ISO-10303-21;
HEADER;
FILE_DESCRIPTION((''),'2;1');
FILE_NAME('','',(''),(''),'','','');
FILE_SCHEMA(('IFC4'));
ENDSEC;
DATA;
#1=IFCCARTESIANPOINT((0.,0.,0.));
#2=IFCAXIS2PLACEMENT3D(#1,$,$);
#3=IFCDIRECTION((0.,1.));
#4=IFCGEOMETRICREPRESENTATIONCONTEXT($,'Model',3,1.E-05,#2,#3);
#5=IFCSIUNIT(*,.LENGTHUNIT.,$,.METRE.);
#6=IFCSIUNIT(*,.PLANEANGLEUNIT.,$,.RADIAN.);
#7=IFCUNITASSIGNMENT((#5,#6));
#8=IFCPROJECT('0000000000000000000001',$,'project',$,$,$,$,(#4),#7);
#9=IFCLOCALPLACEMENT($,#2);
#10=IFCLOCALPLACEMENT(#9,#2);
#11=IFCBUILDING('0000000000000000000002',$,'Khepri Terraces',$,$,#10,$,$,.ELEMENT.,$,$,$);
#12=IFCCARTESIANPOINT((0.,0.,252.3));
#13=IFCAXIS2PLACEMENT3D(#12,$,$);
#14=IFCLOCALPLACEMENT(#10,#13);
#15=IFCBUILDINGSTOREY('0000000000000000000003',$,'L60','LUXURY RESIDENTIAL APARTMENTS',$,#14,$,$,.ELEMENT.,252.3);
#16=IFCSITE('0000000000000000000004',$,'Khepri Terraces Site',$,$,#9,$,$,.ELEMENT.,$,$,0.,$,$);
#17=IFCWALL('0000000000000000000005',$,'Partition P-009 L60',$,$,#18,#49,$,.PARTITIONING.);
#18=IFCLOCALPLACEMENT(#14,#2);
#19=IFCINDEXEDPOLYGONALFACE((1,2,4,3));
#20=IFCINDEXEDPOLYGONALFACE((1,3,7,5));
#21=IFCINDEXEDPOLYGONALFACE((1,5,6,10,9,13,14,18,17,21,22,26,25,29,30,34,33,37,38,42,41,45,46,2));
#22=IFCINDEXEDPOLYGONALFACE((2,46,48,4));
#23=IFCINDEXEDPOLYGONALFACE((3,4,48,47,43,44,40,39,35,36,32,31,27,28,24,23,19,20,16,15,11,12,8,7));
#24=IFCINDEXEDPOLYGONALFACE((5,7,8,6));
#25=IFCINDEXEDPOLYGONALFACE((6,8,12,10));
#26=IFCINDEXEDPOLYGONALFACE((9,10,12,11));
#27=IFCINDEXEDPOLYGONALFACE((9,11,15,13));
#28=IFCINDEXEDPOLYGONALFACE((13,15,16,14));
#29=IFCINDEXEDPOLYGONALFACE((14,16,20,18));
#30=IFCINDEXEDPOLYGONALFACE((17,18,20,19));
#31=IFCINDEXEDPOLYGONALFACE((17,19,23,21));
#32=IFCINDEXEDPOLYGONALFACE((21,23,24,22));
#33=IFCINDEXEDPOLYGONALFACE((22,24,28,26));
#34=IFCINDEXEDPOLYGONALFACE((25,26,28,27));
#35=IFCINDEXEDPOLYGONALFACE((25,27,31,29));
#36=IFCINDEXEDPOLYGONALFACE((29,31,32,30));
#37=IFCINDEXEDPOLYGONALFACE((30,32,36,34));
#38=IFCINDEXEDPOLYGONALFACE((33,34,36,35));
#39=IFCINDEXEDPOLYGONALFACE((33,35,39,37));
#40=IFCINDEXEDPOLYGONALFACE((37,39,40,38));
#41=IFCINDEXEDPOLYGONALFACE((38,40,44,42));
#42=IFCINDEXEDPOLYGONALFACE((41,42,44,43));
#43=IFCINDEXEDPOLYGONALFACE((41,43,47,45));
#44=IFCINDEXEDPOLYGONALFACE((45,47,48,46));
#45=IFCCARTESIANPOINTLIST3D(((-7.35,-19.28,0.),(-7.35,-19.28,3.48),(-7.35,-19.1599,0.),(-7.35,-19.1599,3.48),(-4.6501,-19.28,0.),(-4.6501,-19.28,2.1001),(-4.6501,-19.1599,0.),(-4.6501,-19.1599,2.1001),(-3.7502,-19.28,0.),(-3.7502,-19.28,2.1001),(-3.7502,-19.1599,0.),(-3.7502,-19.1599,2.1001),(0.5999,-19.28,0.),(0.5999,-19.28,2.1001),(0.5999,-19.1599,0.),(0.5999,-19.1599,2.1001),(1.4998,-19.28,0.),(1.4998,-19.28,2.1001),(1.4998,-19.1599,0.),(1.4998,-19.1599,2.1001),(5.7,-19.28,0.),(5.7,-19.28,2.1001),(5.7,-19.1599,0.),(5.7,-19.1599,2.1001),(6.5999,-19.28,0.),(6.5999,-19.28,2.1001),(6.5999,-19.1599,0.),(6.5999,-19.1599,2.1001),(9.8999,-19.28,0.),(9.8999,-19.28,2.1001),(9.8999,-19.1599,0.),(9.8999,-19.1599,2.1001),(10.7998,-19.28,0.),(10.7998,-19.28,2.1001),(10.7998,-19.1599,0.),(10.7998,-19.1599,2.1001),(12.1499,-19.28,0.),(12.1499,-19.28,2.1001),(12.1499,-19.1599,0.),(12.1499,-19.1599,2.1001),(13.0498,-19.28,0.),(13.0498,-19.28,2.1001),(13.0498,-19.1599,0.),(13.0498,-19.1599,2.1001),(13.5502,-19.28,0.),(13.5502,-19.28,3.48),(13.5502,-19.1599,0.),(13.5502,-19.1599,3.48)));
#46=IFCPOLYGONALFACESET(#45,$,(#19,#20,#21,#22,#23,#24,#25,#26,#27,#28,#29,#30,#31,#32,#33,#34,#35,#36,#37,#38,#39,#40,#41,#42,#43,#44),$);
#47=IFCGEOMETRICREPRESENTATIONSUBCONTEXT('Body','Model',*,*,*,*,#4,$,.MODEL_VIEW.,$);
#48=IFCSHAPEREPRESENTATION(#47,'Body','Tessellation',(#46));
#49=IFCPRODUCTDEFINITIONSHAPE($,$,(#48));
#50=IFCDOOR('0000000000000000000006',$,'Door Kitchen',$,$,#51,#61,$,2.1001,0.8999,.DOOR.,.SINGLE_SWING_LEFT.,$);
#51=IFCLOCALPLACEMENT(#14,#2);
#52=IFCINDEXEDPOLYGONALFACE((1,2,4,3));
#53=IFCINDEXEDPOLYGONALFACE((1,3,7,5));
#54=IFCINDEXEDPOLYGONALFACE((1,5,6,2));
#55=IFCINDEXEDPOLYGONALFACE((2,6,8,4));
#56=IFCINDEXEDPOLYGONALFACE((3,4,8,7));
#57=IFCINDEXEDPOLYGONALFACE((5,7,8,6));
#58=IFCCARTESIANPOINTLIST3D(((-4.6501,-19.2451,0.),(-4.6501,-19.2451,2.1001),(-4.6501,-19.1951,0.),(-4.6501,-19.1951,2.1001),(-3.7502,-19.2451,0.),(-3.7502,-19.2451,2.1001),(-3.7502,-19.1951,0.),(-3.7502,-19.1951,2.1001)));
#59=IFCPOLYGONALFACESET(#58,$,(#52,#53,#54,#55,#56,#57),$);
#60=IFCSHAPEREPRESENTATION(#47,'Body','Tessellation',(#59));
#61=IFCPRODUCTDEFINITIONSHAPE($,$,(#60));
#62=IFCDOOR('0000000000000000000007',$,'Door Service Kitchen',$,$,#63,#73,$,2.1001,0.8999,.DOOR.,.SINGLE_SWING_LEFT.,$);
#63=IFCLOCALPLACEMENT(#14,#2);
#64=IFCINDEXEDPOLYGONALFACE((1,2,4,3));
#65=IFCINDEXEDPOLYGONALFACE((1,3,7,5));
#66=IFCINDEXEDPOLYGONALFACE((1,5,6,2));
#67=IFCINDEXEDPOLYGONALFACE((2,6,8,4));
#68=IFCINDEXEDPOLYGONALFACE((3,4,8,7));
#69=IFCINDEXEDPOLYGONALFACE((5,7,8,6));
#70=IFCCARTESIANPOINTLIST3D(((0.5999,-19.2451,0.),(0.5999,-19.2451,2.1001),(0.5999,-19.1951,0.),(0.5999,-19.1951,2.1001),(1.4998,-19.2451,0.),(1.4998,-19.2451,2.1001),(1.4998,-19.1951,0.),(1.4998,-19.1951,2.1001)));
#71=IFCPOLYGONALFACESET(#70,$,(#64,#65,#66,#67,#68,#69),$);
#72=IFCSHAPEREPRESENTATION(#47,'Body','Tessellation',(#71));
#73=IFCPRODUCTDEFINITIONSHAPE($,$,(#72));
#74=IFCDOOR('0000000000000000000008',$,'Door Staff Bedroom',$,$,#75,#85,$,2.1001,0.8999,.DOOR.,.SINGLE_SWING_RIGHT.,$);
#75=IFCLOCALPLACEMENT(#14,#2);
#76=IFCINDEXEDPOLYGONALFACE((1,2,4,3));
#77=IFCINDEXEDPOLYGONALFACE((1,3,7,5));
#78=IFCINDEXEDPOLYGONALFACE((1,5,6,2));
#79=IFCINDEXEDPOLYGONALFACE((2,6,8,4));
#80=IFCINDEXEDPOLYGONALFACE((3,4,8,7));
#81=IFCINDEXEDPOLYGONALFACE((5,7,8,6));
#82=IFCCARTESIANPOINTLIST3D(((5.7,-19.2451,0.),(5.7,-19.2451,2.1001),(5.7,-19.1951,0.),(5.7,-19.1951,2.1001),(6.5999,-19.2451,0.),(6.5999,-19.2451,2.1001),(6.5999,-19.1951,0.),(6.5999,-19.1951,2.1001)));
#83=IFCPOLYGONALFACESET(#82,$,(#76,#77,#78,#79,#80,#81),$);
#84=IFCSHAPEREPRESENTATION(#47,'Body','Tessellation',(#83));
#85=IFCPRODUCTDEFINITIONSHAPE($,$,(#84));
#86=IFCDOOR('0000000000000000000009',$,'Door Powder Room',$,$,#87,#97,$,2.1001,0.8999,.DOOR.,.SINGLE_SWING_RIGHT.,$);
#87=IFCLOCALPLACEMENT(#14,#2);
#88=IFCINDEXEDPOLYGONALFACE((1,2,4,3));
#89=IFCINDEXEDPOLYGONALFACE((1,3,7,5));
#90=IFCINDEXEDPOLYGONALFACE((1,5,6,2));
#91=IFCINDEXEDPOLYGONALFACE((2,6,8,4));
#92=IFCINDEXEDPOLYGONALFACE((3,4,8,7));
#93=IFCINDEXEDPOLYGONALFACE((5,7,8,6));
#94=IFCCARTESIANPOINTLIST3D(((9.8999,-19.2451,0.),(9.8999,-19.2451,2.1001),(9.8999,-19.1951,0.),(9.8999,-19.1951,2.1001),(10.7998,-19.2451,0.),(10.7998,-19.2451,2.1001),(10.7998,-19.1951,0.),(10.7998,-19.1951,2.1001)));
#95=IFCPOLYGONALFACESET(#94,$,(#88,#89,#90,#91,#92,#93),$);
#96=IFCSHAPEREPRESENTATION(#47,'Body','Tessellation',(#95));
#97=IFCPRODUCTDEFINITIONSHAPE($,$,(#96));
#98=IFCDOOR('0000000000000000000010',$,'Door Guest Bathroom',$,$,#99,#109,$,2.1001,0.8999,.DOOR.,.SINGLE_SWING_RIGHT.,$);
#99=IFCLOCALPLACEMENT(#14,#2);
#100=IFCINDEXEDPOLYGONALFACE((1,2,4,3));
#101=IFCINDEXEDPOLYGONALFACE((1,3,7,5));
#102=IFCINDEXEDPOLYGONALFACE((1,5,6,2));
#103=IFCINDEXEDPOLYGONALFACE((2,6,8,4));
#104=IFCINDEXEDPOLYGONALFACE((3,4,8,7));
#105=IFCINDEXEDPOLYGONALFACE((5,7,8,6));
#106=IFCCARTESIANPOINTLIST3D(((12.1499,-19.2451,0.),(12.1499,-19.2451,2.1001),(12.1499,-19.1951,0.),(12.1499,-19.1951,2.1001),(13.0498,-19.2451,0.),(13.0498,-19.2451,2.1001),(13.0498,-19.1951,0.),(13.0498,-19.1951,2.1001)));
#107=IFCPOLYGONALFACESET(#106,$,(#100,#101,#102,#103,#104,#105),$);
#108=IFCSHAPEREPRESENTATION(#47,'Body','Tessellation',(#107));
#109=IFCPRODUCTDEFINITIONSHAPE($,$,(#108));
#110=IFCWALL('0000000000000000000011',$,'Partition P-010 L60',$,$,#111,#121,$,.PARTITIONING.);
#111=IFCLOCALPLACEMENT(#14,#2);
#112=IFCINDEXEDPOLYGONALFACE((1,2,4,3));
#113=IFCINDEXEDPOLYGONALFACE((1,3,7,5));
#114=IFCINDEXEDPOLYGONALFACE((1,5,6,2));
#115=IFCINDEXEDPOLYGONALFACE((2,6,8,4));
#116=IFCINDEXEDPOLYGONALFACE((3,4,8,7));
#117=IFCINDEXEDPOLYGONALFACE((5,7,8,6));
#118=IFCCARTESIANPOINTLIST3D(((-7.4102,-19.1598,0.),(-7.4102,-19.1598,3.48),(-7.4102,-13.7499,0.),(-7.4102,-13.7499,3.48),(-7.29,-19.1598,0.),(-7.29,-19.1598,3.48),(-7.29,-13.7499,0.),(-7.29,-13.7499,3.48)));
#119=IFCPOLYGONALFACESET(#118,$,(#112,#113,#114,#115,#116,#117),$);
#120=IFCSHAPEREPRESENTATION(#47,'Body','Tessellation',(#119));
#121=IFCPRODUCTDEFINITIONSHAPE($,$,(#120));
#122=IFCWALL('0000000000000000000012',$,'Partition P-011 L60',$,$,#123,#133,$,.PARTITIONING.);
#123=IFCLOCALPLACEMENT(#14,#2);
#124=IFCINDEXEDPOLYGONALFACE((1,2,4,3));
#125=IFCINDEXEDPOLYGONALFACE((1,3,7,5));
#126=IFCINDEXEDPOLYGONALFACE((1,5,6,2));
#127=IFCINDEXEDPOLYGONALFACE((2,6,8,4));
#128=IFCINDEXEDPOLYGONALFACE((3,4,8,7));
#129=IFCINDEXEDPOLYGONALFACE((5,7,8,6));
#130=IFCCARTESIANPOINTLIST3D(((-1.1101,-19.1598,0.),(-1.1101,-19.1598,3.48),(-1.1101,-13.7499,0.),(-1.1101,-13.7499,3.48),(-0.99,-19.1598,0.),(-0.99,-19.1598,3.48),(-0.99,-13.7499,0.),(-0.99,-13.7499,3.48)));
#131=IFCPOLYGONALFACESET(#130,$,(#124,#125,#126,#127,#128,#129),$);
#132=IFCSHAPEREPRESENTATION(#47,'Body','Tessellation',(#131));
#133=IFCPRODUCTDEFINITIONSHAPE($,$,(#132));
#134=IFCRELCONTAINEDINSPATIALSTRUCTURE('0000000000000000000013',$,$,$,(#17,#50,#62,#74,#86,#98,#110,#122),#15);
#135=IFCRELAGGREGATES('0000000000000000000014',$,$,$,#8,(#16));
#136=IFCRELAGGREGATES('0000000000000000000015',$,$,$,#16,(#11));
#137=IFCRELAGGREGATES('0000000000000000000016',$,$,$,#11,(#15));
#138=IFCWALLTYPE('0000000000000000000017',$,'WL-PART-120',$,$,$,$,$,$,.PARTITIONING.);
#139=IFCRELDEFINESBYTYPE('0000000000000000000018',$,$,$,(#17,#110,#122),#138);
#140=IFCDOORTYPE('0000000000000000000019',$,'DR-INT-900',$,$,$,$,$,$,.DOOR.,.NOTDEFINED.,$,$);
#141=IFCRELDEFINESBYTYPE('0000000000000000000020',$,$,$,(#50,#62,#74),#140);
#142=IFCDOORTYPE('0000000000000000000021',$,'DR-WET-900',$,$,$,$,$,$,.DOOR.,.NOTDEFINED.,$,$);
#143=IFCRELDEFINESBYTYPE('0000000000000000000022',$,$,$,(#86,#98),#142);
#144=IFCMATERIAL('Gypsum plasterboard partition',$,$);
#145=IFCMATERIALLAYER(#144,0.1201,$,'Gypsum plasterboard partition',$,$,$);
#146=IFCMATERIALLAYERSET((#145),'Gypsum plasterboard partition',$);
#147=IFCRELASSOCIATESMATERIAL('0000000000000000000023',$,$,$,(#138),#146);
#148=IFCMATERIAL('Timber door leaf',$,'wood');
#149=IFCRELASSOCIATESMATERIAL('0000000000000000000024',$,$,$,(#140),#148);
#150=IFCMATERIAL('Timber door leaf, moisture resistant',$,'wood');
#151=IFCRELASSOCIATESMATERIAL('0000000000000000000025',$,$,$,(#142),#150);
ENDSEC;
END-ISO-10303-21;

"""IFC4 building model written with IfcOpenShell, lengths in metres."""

from ifc_helpers import new_model, si_unit, direction, frame, frame_2d, origin, place, context, subcontext, project, spatial, rectangle, extrude, material, layer, layer_set, type_object, element, fill, save


model = new_model("IFC4")

# Units and contexts
model_context = context("Model", 3, precision=1e-05, world=origin(), true_north=direction((0.0, 1.0)))
body_context = subcontext(model_context, "Body", "Model", "MODEL_VIEW")
ifc_project = project(units=[si_unit("LENGTHUNIT", "METRE"), si_unit("PLANEANGLEUNIT", "RADIAN")], contexts=[model_context])

# Site, building, storey
site_placement = place(None, origin())
site = spatial("IfcSite", under=ifc_project, at=site_placement, Name="Khepri Terraces Site", CompositionType="ELEMENT", RefElevation=0.0)
building_placement = place(site_placement, origin())
building = spatial("IfcBuilding", under=site, at=building_placement, Name="Khepri Terraces", CompositionType="ELEMENT")
storey_placement = place(building_placement, frame((0.0, 0.0, 252.3)))
storey = spatial("IfcBuildingStorey", under=building, at=storey_placement, Name="L60", Description="LUXURY RESIDENTIAL APARTMENTS", CompositionType="ELEMENT", Elevation=252.3)

# Wall, openings, doors
ifc_material_1 = material(Name="Gypsum plasterboard partition")
ifc_layer_1 = layer(ifc_material_1, 0.1201, Name="Gypsum plasterboard partition")
ifc_layer_set_1 = layer_set([ifc_layer_1], Name="Gypsum plasterboard partition")
wall_type_1 = type_object("IfcWallType", Name="WL-PART-120", PredefinedType="PARTITIONING", material=ifc_layer_set_1)
wall_1_placement = place(storey_placement, frame((-7.3501, -19.22, 0.0), z_axis=(0.0, 0.0, 1.0), x_axis=(1.0, 0.0, 0.0)))
wall_1 = element("IfcWall", 1, at=wall_1_placement, inside=storey, type_object=wall_type_1, Name="Partition P-009 L60", PredefinedType="PARTITIONING", context=body_context, shape_type="SweptSolid", body=[
    extrude(rectangle(XDim=20.9001, YDim=0.1201, at=frame_2d((10.4502, 0.0))), origin(), (0.0, 0.0, 1.0), 3.48),
])
opening_1_placement = place(wall_1_placement, frame((2.7, 0.0, 0.0)))
opening_1 = element("IfcOpeningElement", 2, at=opening_1_placement, cuts=wall_1, PredefinedType="OPENING", context=body_context, shape_type="SweptSolid", body=[
    extrude(rectangle(XDim=0.8999, YDim=2.1001, at=frame_2d((0.45, 1.05))), frame((0.0, 0.0701, 0.0), z_axis=(0.0, -1.0, 0.0), x_axis=(1.0, 0.0, 0.0)), (0.0, 0.0, 1.0), 0.1401),
])
opening_2_placement = place(wall_1_placement, frame((7.95, 0.0, 0.0)))
opening_2 = element("IfcOpeningElement", 3, at=opening_2_placement, cuts=wall_1, PredefinedType="OPENING", context=body_context, shape_type="SweptSolid", body=[
    extrude(rectangle(XDim=0.8999, YDim=2.1001, at=frame_2d((0.45, 1.05))), frame((0.0, 0.0701, 0.0), z_axis=(0.0, -1.0, 0.0), x_axis=(1.0, 0.0, 0.0)), (0.0, 0.0, 1.0), 0.1401),
])
opening_3_placement = place(wall_1_placement, frame((13.05, 0.0, 0.0)))
opening_3 = element("IfcOpeningElement", 4, at=opening_3_placement, cuts=wall_1, PredefinedType="OPENING", context=body_context, shape_type="SweptSolid", body=[
    extrude(rectangle(XDim=0.8999, YDim=2.1001, at=frame_2d((0.45, 1.05))), frame((0.0, 0.0701, 0.0), z_axis=(0.0, -1.0, 0.0), x_axis=(1.0, 0.0, 0.0)), (0.0, 0.0, 1.0), 0.1401),
])
opening_4_placement = place(wall_1_placement, frame((17.25, 0.0, 0.0)))
opening_4 = element("IfcOpeningElement", 5, at=opening_4_placement, cuts=wall_1, PredefinedType="OPENING", context=body_context, shape_type="SweptSolid", body=[
    extrude(rectangle(XDim=0.8999, YDim=2.1001, at=frame_2d((0.45, 1.05))), frame((0.0, 0.0701, 0.0), z_axis=(0.0, -1.0, 0.0), x_axis=(1.0, 0.0, 0.0)), (0.0, 0.0, 1.0), 0.1401),
])
opening_5_placement = place(wall_1_placement, frame((19.5, 0.0, 0.0)))
opening_5 = element("IfcOpeningElement", 6, at=opening_5_placement, cuts=wall_1, PredefinedType="OPENING", context=body_context, shape_type="SweptSolid", body=[
    extrude(rectangle(XDim=0.8999, YDim=2.1001, at=frame_2d((0.45, 1.05))), frame((0.0, 0.0701, 0.0), z_axis=(0.0, -1.0, 0.0), x_axis=(1.0, 0.0, 0.0)), (0.0, 0.0, 1.0), 0.1401),
])
ifc_material_2 = material(Name="Timber door leaf", Category="wood")
door_type_1 = type_object("IfcDoorType", Name="DR-INT-900", OperationType="NOTDEFINED", PredefinedType="DOOR", material=ifc_material_2)
door_1_placement = place(opening_1_placement, origin())
door_1 = element("IfcDoor", 7, at=door_1_placement, inside=storey, type_object=door_type_1, Name="Door Kitchen", OperationType="SINGLE_SWING_LEFT", OverallHeight=2.1001, OverallWidth=0.8999, PredefinedType="DOOR", context=body_context, shape_type="SweptSolid", body=[
    extrude(rectangle(XDim=0.8999, YDim=2.1001, at=frame_2d((0.45, 1.05))), frame((0.0, 0.0249, 0.0), z_axis=(0.0, -1.0, 0.0), x_axis=(1.0, 0.0, 0.0)), (0.0, 0.0, 1.0), 0.05),
])
fill(opening_1, door_1)
door_2_placement = place(opening_2_placement, origin())
door_2 = element("IfcDoor", 8, at=door_2_placement, inside=storey, type_object=door_type_1, Name="Door Service Kitchen", OperationType="SINGLE_SWING_LEFT", OverallHeight=2.1001, OverallWidth=0.8999, PredefinedType="DOOR", context=body_context, shape_type="SweptSolid", body=[
    extrude(rectangle(XDim=0.8999, YDim=2.1001, at=frame_2d((0.45, 1.05))), frame((0.0, 0.0249, 0.0), z_axis=(0.0, -1.0, 0.0), x_axis=(1.0, 0.0, 0.0)), (0.0, 0.0, 1.0), 0.05),
])
fill(opening_2, door_2)
door_3_placement = place(opening_3_placement, origin())
door_3 = element("IfcDoor", 9, at=door_3_placement, inside=storey, type_object=door_type_1, Name="Door Staff Bedroom", OperationType="SINGLE_SWING_RIGHT", OverallHeight=2.1001, OverallWidth=0.8999, PredefinedType="DOOR", context=body_context, shape_type="SweptSolid", body=[
    extrude(rectangle(XDim=0.8999, YDim=2.1001, at=frame_2d((0.45, 1.05))), frame((0.0, 0.0249, 0.0), z_axis=(0.0, -1.0, 0.0), x_axis=(1.0, 0.0, 0.0)), (0.0, 0.0, 1.0), 0.05),
])
fill(opening_3, door_3)
ifc_material_3 = material(Name="Timber door leaf, moisture resistant", Category="wood")
door_type_2 = type_object("IfcDoorType", Name="DR-WET-900", OperationType="NOTDEFINED", PredefinedType="DOOR", material=ifc_material_3)
door_4_placement = place(opening_4_placement, origin())
door_4 = element("IfcDoor", 10, at=door_4_placement, inside=storey, type_object=door_type_2, Name="Door Powder Room", OperationType="SINGLE_SWING_RIGHT", OverallHeight=2.1001, OverallWidth=0.8999, PredefinedType="DOOR", context=body_context, shape_type="SweptSolid", body=[
    extrude(rectangle(XDim=0.8999, YDim=2.1001, at=frame_2d((0.45, 1.05))), frame((0.0, 0.0249, 0.0), z_axis=(0.0, -1.0, 0.0), x_axis=(1.0, 0.0, 0.0)), (0.0, 0.0, 1.0), 0.05),
])
fill(opening_4, door_4)
door_5_placement = place(opening_5_placement, origin())
door_5 = element("IfcDoor", 11, at=door_5_placement, inside=storey, type_object=door_type_2, Name="Door Guest Bathroom", OperationType="SINGLE_SWING_RIGHT", OverallHeight=2.1001, OverallWidth=0.8999, PredefinedType="DOOR", context=body_context, shape_type="SweptSolid", body=[
    extrude(rectangle(XDim=0.8999, YDim=2.1001, at=frame_2d((0.45, 1.05))), frame((0.0, 0.0249, 0.0), z_axis=(0.0, -1.0, 0.0), x_axis=(1.0, 0.0, 0.0)), (0.0, 0.0, 1.0), 0.05),
])
fill(opening_5, door_5)

# Walls
for number, where, z_axis, x_axis, name in (
    (12, (-7.3501, -19.1599, 0.0), (0.0, 0.0, 1.0), (0.0, 1.0, 0.0), "Partition P-010 L60"),
    (13, (-1.05, -19.1599, 0.0), (0.0, 0.0, 1.0), (0.0, 1.0, 0.0), "Partition P-011 L60"),
):
    element("IfcWall", number, at=place(storey_placement, frame(where, z_axis=z_axis, x_axis=x_axis)), inside=storey, type_object=wall_type_1, Name=name, PredefinedType="PARTITIONING", context=body_context, shape_type="SweptSolid", body=[
        extrude(rectangle(XDim=5.4099, YDim=0.1201, at=frame_2d((2.7051, 0.0))), origin(), (0.0, 0.0, 1.0), 3.48),
    ])

save(model, "model.ifc")
